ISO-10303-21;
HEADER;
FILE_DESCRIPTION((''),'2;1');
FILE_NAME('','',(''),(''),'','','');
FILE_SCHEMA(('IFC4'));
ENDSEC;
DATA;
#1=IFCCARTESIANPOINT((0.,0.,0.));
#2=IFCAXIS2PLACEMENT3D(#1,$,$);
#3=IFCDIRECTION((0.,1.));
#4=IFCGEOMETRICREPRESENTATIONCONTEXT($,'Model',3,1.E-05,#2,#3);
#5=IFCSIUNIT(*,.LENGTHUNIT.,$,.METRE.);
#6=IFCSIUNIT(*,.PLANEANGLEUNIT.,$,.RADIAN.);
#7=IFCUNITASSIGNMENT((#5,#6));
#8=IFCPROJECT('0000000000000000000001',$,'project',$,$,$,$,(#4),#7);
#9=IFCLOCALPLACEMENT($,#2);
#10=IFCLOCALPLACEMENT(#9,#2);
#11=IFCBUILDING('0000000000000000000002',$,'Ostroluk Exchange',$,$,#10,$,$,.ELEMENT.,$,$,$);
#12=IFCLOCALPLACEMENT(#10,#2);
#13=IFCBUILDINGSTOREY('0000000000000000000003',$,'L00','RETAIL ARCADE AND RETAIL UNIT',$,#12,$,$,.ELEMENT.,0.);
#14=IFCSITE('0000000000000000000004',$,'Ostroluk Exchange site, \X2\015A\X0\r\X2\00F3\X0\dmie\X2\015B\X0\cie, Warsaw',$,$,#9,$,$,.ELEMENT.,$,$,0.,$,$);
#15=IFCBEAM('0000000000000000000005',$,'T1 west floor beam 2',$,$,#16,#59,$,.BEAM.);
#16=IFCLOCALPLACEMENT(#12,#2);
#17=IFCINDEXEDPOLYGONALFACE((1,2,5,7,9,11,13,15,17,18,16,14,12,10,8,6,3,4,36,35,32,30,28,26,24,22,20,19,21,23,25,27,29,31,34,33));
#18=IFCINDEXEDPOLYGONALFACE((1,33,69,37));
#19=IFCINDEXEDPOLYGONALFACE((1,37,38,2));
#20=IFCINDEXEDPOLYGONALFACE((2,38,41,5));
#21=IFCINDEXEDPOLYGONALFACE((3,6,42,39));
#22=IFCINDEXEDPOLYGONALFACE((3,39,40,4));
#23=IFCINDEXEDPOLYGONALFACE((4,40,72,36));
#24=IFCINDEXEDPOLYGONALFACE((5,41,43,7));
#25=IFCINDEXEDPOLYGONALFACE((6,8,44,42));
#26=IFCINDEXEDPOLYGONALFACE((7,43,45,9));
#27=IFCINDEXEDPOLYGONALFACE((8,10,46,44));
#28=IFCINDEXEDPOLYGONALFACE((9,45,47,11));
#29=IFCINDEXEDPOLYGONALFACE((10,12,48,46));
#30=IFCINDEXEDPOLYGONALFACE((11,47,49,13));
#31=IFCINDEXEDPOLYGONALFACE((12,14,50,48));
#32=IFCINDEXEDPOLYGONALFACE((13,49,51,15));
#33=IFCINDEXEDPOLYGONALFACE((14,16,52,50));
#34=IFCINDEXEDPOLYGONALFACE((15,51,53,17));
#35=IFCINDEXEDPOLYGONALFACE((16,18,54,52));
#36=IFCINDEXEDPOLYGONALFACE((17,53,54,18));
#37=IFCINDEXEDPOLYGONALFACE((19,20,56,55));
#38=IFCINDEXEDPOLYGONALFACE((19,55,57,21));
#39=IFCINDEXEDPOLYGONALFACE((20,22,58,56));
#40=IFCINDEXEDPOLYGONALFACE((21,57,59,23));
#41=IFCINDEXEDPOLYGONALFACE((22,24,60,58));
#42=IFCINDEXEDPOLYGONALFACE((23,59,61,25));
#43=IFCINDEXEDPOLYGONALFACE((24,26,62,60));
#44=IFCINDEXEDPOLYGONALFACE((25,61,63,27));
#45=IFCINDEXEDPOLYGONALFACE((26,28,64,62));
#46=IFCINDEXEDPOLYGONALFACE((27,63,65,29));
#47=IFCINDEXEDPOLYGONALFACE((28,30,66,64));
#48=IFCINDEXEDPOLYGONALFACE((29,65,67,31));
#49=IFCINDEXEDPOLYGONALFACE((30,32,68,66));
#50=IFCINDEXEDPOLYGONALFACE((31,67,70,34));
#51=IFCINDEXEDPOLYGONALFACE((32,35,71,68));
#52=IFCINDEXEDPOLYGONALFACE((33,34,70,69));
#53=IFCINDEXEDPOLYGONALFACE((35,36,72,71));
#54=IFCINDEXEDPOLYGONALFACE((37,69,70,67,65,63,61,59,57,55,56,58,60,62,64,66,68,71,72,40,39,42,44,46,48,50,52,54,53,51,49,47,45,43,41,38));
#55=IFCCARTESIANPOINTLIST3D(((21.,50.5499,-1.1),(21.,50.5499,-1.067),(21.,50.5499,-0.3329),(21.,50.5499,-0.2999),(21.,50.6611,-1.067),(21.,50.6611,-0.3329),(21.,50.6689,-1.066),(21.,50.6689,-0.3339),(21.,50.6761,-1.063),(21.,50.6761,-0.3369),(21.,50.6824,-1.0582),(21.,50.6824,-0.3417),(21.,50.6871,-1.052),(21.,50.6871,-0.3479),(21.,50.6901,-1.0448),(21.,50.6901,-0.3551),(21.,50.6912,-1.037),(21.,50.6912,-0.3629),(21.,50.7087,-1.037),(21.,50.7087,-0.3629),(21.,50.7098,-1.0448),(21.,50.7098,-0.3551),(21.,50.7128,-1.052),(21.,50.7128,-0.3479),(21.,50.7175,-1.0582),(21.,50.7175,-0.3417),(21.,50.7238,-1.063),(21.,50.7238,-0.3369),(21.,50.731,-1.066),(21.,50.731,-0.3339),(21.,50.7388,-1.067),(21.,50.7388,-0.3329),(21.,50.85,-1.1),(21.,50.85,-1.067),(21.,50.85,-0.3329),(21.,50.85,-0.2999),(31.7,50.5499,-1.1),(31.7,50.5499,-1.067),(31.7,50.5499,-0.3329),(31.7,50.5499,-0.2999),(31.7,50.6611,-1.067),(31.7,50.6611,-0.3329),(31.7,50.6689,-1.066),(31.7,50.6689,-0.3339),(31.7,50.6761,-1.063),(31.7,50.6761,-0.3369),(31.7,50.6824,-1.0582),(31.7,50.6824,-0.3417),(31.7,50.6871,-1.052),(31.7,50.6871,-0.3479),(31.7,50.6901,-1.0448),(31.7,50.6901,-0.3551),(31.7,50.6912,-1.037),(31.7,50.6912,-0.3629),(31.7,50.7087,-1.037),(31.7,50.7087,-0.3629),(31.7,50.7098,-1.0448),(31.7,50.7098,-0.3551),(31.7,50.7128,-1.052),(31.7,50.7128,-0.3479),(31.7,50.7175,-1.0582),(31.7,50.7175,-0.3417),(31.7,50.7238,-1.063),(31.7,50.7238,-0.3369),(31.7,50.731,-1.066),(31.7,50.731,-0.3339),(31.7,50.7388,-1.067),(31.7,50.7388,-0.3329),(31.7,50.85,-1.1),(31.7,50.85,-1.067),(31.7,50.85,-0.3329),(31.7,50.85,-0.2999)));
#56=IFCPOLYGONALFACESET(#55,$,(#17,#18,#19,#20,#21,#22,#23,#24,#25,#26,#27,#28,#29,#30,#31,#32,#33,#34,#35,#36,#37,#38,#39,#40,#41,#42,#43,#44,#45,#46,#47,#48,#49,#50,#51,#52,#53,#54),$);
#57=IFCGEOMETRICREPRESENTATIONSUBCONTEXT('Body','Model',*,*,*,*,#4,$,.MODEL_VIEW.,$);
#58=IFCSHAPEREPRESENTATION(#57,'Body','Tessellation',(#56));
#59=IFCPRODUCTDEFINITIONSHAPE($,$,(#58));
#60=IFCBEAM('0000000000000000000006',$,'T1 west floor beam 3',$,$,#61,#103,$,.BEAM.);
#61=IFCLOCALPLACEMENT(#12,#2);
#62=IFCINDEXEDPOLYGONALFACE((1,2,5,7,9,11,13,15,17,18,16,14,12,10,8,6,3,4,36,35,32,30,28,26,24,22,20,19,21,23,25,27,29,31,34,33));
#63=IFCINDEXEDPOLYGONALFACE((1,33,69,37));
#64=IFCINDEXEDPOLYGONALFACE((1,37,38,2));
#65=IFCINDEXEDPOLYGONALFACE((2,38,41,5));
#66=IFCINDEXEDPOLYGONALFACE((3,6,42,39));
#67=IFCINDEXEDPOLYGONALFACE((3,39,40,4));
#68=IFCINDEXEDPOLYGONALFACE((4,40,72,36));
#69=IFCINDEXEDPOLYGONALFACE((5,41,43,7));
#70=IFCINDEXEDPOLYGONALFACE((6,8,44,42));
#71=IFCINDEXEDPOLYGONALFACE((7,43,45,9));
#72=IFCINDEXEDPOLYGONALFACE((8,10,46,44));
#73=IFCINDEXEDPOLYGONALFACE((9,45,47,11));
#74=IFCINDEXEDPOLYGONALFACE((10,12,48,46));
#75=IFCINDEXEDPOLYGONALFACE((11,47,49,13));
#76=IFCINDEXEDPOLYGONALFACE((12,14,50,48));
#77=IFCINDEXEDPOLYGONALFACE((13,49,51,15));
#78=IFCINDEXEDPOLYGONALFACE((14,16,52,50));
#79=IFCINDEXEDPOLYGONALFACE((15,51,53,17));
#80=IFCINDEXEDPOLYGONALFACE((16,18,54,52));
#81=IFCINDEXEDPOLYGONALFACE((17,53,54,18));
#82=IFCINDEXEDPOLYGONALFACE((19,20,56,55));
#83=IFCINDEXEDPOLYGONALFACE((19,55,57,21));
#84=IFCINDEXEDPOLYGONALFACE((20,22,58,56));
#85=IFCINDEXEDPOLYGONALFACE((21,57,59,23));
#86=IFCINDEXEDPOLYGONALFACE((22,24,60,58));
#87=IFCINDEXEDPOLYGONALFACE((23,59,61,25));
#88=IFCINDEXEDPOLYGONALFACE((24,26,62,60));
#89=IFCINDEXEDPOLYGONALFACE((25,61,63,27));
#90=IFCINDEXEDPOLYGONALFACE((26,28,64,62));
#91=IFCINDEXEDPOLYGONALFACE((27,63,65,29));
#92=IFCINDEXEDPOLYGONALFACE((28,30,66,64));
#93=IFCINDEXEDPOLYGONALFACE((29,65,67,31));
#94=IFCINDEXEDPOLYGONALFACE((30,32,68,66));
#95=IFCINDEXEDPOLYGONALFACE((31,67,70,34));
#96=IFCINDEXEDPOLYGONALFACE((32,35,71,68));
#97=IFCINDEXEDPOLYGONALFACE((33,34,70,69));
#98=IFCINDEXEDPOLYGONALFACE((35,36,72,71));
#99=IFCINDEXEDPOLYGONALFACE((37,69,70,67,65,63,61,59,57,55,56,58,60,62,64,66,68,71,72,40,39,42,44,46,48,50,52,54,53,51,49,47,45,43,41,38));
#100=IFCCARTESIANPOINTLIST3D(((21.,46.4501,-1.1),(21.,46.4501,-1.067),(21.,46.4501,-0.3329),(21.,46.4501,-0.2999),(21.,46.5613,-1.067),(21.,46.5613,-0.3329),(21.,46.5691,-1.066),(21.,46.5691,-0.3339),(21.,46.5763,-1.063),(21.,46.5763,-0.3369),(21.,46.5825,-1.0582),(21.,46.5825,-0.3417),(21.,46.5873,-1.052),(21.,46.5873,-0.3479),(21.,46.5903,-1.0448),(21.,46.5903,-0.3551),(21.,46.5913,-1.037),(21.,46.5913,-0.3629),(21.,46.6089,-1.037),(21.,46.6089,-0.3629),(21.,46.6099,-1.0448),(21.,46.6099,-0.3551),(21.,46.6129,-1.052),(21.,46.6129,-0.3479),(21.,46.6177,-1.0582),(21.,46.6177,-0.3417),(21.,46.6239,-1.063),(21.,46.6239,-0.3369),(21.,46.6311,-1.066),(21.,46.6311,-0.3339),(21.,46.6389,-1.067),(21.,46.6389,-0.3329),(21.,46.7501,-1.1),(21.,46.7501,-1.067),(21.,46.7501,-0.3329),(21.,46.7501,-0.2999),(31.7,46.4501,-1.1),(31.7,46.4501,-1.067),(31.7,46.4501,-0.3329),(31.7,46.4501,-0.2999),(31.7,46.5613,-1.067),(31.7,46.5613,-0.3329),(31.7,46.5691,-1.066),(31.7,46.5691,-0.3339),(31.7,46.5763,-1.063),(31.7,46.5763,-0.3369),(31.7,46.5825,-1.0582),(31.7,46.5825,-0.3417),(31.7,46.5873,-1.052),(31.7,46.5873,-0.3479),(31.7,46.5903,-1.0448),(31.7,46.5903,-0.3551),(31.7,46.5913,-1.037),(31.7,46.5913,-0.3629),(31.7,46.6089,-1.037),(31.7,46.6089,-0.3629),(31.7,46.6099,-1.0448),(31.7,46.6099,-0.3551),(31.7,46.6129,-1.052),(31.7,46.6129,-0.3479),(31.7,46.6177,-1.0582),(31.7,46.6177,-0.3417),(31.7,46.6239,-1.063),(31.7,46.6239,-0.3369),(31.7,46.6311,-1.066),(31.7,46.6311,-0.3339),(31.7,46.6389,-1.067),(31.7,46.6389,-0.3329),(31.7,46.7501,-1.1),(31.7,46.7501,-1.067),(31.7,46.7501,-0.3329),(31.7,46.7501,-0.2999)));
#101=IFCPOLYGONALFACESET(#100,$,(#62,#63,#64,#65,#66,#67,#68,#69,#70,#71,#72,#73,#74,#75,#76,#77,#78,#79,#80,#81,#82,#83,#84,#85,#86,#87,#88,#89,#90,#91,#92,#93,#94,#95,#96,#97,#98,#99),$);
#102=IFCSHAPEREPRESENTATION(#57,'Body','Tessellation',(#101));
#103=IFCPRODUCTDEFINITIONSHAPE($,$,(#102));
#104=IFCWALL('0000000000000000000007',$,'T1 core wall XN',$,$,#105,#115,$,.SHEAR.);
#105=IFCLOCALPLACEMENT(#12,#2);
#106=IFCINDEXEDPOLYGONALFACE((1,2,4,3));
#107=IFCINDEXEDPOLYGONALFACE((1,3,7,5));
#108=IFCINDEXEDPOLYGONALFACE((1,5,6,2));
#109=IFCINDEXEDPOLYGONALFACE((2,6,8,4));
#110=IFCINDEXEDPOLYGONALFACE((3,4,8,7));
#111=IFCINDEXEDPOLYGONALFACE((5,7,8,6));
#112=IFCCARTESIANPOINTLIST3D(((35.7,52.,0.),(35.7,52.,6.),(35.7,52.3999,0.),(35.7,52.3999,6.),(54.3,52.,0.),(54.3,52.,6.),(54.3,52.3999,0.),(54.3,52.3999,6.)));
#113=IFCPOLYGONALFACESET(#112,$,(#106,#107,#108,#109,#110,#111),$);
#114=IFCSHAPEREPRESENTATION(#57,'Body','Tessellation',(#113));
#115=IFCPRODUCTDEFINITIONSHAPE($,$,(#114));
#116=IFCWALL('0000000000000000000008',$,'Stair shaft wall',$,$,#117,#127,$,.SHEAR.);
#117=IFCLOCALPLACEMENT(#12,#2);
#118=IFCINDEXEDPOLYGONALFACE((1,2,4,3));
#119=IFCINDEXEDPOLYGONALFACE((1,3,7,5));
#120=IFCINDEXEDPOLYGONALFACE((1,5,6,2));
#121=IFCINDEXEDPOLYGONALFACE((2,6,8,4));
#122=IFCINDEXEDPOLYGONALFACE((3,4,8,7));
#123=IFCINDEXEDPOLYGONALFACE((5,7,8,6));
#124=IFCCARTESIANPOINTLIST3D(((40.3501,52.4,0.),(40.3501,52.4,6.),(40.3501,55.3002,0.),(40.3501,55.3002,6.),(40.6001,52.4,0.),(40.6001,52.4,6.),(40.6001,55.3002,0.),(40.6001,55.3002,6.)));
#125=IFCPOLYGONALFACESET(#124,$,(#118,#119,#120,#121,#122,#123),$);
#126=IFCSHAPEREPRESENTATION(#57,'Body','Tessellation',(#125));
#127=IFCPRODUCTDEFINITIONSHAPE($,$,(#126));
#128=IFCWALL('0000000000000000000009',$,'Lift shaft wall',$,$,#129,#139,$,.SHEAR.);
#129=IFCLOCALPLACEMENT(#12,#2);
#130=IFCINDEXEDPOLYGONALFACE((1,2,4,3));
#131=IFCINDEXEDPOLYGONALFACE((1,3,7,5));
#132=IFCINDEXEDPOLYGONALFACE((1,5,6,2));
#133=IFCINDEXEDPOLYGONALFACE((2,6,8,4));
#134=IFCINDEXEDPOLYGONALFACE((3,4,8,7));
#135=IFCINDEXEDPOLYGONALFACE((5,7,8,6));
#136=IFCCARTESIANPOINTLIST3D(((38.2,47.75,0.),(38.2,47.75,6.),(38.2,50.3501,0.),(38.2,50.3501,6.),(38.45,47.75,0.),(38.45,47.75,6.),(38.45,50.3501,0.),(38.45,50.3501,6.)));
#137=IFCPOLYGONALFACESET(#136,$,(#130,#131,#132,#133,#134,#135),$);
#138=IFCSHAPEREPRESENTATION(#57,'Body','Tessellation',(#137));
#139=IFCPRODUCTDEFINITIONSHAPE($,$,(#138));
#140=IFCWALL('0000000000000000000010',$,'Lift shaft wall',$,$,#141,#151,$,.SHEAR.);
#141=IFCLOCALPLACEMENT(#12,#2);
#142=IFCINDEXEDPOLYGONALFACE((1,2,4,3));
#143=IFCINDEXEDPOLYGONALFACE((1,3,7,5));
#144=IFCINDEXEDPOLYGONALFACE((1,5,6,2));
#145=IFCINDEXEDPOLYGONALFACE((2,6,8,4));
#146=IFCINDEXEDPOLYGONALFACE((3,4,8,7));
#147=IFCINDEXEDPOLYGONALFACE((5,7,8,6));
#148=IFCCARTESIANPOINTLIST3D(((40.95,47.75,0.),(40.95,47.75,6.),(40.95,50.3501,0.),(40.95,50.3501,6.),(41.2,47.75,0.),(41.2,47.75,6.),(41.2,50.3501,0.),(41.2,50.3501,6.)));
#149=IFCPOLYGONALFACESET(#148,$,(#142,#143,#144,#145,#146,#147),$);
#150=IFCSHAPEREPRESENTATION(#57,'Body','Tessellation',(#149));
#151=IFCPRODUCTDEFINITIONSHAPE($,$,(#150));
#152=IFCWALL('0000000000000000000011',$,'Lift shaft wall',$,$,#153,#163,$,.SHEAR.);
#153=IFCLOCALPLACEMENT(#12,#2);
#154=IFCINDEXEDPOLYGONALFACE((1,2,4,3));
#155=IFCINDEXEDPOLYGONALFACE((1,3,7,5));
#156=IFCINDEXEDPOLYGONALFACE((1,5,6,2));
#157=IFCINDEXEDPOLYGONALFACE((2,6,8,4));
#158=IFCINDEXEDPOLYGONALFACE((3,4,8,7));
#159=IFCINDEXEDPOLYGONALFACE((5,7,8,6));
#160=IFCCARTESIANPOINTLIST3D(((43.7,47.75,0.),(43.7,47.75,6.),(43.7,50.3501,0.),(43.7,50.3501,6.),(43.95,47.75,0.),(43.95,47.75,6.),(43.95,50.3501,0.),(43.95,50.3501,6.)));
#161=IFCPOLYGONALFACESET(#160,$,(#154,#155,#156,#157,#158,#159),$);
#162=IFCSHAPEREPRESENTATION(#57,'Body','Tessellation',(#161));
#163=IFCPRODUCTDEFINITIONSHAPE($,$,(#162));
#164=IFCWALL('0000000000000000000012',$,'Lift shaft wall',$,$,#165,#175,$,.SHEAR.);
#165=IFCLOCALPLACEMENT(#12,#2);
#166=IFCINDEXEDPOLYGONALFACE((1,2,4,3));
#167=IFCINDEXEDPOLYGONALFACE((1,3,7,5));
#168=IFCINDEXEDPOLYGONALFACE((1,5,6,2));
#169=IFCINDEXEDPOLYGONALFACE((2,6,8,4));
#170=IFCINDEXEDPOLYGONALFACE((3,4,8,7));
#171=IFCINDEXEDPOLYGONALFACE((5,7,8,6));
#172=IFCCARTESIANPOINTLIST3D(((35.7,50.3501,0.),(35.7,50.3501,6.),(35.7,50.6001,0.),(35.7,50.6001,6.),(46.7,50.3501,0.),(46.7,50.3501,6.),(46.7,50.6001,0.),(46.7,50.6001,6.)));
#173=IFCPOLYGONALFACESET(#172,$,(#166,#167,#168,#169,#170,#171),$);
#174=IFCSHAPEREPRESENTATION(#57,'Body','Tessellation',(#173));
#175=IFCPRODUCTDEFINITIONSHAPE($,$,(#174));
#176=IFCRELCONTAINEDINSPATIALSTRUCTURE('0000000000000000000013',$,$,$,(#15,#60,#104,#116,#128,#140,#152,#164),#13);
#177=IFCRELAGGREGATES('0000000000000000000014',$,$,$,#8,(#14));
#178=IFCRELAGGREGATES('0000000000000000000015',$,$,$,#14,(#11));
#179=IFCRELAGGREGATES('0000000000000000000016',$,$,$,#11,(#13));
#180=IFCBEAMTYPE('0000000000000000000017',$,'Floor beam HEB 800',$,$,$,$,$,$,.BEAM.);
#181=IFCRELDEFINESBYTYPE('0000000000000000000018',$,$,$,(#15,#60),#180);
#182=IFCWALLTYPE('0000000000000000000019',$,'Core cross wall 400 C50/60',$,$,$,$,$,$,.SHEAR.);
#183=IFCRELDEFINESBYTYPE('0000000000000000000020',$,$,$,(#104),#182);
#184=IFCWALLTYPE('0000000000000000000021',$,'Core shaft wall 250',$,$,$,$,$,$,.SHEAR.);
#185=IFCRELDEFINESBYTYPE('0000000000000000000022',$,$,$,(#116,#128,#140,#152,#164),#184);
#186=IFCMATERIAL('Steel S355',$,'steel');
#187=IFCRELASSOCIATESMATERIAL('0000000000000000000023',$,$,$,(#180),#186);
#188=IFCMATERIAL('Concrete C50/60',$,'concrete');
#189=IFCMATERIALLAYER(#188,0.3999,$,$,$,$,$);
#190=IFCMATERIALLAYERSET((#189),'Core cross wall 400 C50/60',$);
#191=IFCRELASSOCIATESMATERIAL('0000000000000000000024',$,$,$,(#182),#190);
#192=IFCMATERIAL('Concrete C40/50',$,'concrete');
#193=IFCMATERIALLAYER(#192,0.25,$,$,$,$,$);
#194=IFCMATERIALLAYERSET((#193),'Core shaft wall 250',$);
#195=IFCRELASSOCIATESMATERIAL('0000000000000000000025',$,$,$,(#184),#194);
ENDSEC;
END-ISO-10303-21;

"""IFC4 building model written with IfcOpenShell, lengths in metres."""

from ifc_helpers import new_model, si_unit, direction, frame, frame_2d, origin, origin_2d, place, context, subcontext, project, spatial, rectangle, i_section, extrude, material, layer, layer_set, material_profile, profile_set, type_object, element, save


model = new_model("IFC4")

# Units and contexts
model_context = context("Model", 3, precision=1e-05, world=origin(), true_north=direction((0.0, 1.0)))
body_context = subcontext(model_context, "Body", "Model", "MODEL_VIEW")
ifc_project = project(units=[si_unit("LENGTHUNIT", "METRE"), si_unit("PLANEANGLEUNIT", "RADIAN")], contexts=[model_context])

# Site, building, storey
site_placement = place(None, origin())
site = spatial("IfcSite", under=ifc_project, at=site_placement, Name="Ostroluk Exchange site, Śródmieście, Warsaw", CompositionType="ELEMENT", RefElevation=0.0)
building_placement = place(site_placement, origin())
building = spatial("IfcBuilding", under=site, at=building_placement, Name="Ostroluk Exchange", CompositionType="ELEMENT")
storey_placement = place(building_placement, origin())
storey = spatial("IfcBuildingStorey", under=building, at=storey_placement, Name="L00", Description="RETAIL ARCADE AND RETAIL UNIT", CompositionType="ELEMENT", Elevation=0.0)

# Beams
ifc_material_1 = material(Name="Steel S355", Category="steel")
ifc_material_profile = material_profile(ifc_material_1, i_section(OverallWidth=0.3, OverallDepth=0.8, WebThickness=0.0176, FlangeThickness=0.033, FilletRadius=0.03, at=origin_2d()), Name="HEB 800")
ifc_profile_set = profile_set([ifc_material_profile], Name="Steel S355")
beam_type = type_object("IfcBeamType", Name="Floor beam HEB 800", PredefinedType="BEAM", material=ifc_profile_set)
for number, where, z_axis, x_axis, name in (
    (1, (31.7, 50.7, -0.7), (-1.0, 0.0, 0.0), (0.0, -1.0, 0.0), "T1 west floor beam 2"),
    (2, (31.7, 46.6001, -0.7), (-1.0, 0.0, 0.0), (0.0, -1.0, 0.0), "T1 west floor beam 3"),
):
    element("IfcBeam", number, at=place(storey_placement, frame(where, z_axis=z_axis, x_axis=x_axis)), inside=storey, type_object=beam_type, Name=name, PredefinedType="BEAM", context=body_context, shape_type="SweptSolid", body=[
        extrude(i_section(OverallWidth=0.3, OverallDepth=0.8, WebThickness=0.0176, FlangeThickness=0.033, FilletRadius=0.03, at=origin_2d()), origin(), (0.0, 0.0, 1.0), 10.7),
    ])

# Walls
ifc_material_2 = material(Name="Concrete C50/60", Category="concrete")
ifc_layer_1 = layer(ifc_material_2, 0.3999)
ifc_layer_set_1 = layer_set([ifc_layer_1], Name="Core cross wall 400 C50/60")
wall_type_1 = type_object("IfcWallType", Name="Core cross wall 400 C50/60", PredefinedType="SHEAR", material=ifc_layer_set_1)
wall_1_placement = place(storey_placement, frame((35.7, 52.2, 0.0), z_axis=(0.0, 0.0, 1.0), x_axis=(1.0, 0.0, 0.0)))
element("IfcWall", 3, at=wall_1_placement, inside=storey, type_object=wall_type_1, Name="T1 core wall XN", PredefinedType="SHEAR", context=body_context, shape_type="SweptSolid", body=[
    extrude(rectangle(XDim=18.6001, YDim=0.3999, at=frame_2d((9.3, 0.0))), origin(), (0.0, 0.0, 1.0), 6.0),
])
ifc_material_3 = material(Name="Concrete C40/50", Category="concrete")
ifc_layer_2 = layer(ifc_material_3, 0.25)
ifc_layer_set_2 = layer_set([ifc_layer_2], Name="Core shaft wall 250")
wall_type_2 = type_object("IfcWallType", Name="Core shaft wall 250", PredefinedType="SHEAR", material=ifc_layer_set_2)
wall_2_placement = place(storey_placement, frame((40.4751, 52.3999, 0.0), z_axis=(0.0, 0.0, 1.0), x_axis=(0.0, 1.0, 0.0)))
element("IfcWall", 4, at=wall_2_placement, inside=storey, type_object=wall_type_2, Name="Stair shaft wall", PredefinedType="SHEAR", context=body_context, shape_type="SweptSolid", body=[
    extrude(rectangle(XDim=2.9001, YDim=0.25, at=frame_2d((1.4502, 0.0))), origin(), (0.0, 0.0, 1.0), 6.0),
])
for number, where, z_axis, x_axis, name in (
    (5, (38.325, 47.75, 0.0), (0.0, 0.0, 1.0), (0.0, 1.0, 0.0), "Lift shaft wall"),
    (6, (41.075, 47.75, 0.0), (0.0, 0.0, 1.0), (0.0, 1.0, 0.0), "Lift shaft wall"),
    (7, (43.825, 47.75, 0.0), (0.0, 0.0, 1.0), (0.0, 1.0, 0.0), "Lift shaft wall"),
):
    element("IfcWall", number, at=place(storey_placement, frame(where, z_axis=z_axis, x_axis=x_axis)), inside=storey, type_object=wall_type_2, Name=name, PredefinedType="SHEAR", context=body_context, shape_type="SweptSolid", body=[
        extrude(rectangle(XDim=2.6001, YDim=0.25, at=frame_2d((1.3, 0.0))), origin(), (0.0, 0.0, 1.0), 6.0),
    ])
wall_3_placement = place(storey_placement, frame((35.7, 50.4751, 0.0), z_axis=(0.0, 0.0, 1.0), x_axis=(1.0, 0.0, 0.0)))
element("IfcWall", 8, at=wall_3_placement, inside=storey, type_object=wall_type_2, Name="Lift shaft wall", PredefinedType="SHEAR", context=body_context, shape_type="SweptSolid", body=[
    extrude(rectangle(XDim=11.0, YDim=0.25, at=frame_2d((5.5, 0.0))), origin(), (0.0, 0.0, 1.0), 6.0),
])

save(model, "model.ifc")
